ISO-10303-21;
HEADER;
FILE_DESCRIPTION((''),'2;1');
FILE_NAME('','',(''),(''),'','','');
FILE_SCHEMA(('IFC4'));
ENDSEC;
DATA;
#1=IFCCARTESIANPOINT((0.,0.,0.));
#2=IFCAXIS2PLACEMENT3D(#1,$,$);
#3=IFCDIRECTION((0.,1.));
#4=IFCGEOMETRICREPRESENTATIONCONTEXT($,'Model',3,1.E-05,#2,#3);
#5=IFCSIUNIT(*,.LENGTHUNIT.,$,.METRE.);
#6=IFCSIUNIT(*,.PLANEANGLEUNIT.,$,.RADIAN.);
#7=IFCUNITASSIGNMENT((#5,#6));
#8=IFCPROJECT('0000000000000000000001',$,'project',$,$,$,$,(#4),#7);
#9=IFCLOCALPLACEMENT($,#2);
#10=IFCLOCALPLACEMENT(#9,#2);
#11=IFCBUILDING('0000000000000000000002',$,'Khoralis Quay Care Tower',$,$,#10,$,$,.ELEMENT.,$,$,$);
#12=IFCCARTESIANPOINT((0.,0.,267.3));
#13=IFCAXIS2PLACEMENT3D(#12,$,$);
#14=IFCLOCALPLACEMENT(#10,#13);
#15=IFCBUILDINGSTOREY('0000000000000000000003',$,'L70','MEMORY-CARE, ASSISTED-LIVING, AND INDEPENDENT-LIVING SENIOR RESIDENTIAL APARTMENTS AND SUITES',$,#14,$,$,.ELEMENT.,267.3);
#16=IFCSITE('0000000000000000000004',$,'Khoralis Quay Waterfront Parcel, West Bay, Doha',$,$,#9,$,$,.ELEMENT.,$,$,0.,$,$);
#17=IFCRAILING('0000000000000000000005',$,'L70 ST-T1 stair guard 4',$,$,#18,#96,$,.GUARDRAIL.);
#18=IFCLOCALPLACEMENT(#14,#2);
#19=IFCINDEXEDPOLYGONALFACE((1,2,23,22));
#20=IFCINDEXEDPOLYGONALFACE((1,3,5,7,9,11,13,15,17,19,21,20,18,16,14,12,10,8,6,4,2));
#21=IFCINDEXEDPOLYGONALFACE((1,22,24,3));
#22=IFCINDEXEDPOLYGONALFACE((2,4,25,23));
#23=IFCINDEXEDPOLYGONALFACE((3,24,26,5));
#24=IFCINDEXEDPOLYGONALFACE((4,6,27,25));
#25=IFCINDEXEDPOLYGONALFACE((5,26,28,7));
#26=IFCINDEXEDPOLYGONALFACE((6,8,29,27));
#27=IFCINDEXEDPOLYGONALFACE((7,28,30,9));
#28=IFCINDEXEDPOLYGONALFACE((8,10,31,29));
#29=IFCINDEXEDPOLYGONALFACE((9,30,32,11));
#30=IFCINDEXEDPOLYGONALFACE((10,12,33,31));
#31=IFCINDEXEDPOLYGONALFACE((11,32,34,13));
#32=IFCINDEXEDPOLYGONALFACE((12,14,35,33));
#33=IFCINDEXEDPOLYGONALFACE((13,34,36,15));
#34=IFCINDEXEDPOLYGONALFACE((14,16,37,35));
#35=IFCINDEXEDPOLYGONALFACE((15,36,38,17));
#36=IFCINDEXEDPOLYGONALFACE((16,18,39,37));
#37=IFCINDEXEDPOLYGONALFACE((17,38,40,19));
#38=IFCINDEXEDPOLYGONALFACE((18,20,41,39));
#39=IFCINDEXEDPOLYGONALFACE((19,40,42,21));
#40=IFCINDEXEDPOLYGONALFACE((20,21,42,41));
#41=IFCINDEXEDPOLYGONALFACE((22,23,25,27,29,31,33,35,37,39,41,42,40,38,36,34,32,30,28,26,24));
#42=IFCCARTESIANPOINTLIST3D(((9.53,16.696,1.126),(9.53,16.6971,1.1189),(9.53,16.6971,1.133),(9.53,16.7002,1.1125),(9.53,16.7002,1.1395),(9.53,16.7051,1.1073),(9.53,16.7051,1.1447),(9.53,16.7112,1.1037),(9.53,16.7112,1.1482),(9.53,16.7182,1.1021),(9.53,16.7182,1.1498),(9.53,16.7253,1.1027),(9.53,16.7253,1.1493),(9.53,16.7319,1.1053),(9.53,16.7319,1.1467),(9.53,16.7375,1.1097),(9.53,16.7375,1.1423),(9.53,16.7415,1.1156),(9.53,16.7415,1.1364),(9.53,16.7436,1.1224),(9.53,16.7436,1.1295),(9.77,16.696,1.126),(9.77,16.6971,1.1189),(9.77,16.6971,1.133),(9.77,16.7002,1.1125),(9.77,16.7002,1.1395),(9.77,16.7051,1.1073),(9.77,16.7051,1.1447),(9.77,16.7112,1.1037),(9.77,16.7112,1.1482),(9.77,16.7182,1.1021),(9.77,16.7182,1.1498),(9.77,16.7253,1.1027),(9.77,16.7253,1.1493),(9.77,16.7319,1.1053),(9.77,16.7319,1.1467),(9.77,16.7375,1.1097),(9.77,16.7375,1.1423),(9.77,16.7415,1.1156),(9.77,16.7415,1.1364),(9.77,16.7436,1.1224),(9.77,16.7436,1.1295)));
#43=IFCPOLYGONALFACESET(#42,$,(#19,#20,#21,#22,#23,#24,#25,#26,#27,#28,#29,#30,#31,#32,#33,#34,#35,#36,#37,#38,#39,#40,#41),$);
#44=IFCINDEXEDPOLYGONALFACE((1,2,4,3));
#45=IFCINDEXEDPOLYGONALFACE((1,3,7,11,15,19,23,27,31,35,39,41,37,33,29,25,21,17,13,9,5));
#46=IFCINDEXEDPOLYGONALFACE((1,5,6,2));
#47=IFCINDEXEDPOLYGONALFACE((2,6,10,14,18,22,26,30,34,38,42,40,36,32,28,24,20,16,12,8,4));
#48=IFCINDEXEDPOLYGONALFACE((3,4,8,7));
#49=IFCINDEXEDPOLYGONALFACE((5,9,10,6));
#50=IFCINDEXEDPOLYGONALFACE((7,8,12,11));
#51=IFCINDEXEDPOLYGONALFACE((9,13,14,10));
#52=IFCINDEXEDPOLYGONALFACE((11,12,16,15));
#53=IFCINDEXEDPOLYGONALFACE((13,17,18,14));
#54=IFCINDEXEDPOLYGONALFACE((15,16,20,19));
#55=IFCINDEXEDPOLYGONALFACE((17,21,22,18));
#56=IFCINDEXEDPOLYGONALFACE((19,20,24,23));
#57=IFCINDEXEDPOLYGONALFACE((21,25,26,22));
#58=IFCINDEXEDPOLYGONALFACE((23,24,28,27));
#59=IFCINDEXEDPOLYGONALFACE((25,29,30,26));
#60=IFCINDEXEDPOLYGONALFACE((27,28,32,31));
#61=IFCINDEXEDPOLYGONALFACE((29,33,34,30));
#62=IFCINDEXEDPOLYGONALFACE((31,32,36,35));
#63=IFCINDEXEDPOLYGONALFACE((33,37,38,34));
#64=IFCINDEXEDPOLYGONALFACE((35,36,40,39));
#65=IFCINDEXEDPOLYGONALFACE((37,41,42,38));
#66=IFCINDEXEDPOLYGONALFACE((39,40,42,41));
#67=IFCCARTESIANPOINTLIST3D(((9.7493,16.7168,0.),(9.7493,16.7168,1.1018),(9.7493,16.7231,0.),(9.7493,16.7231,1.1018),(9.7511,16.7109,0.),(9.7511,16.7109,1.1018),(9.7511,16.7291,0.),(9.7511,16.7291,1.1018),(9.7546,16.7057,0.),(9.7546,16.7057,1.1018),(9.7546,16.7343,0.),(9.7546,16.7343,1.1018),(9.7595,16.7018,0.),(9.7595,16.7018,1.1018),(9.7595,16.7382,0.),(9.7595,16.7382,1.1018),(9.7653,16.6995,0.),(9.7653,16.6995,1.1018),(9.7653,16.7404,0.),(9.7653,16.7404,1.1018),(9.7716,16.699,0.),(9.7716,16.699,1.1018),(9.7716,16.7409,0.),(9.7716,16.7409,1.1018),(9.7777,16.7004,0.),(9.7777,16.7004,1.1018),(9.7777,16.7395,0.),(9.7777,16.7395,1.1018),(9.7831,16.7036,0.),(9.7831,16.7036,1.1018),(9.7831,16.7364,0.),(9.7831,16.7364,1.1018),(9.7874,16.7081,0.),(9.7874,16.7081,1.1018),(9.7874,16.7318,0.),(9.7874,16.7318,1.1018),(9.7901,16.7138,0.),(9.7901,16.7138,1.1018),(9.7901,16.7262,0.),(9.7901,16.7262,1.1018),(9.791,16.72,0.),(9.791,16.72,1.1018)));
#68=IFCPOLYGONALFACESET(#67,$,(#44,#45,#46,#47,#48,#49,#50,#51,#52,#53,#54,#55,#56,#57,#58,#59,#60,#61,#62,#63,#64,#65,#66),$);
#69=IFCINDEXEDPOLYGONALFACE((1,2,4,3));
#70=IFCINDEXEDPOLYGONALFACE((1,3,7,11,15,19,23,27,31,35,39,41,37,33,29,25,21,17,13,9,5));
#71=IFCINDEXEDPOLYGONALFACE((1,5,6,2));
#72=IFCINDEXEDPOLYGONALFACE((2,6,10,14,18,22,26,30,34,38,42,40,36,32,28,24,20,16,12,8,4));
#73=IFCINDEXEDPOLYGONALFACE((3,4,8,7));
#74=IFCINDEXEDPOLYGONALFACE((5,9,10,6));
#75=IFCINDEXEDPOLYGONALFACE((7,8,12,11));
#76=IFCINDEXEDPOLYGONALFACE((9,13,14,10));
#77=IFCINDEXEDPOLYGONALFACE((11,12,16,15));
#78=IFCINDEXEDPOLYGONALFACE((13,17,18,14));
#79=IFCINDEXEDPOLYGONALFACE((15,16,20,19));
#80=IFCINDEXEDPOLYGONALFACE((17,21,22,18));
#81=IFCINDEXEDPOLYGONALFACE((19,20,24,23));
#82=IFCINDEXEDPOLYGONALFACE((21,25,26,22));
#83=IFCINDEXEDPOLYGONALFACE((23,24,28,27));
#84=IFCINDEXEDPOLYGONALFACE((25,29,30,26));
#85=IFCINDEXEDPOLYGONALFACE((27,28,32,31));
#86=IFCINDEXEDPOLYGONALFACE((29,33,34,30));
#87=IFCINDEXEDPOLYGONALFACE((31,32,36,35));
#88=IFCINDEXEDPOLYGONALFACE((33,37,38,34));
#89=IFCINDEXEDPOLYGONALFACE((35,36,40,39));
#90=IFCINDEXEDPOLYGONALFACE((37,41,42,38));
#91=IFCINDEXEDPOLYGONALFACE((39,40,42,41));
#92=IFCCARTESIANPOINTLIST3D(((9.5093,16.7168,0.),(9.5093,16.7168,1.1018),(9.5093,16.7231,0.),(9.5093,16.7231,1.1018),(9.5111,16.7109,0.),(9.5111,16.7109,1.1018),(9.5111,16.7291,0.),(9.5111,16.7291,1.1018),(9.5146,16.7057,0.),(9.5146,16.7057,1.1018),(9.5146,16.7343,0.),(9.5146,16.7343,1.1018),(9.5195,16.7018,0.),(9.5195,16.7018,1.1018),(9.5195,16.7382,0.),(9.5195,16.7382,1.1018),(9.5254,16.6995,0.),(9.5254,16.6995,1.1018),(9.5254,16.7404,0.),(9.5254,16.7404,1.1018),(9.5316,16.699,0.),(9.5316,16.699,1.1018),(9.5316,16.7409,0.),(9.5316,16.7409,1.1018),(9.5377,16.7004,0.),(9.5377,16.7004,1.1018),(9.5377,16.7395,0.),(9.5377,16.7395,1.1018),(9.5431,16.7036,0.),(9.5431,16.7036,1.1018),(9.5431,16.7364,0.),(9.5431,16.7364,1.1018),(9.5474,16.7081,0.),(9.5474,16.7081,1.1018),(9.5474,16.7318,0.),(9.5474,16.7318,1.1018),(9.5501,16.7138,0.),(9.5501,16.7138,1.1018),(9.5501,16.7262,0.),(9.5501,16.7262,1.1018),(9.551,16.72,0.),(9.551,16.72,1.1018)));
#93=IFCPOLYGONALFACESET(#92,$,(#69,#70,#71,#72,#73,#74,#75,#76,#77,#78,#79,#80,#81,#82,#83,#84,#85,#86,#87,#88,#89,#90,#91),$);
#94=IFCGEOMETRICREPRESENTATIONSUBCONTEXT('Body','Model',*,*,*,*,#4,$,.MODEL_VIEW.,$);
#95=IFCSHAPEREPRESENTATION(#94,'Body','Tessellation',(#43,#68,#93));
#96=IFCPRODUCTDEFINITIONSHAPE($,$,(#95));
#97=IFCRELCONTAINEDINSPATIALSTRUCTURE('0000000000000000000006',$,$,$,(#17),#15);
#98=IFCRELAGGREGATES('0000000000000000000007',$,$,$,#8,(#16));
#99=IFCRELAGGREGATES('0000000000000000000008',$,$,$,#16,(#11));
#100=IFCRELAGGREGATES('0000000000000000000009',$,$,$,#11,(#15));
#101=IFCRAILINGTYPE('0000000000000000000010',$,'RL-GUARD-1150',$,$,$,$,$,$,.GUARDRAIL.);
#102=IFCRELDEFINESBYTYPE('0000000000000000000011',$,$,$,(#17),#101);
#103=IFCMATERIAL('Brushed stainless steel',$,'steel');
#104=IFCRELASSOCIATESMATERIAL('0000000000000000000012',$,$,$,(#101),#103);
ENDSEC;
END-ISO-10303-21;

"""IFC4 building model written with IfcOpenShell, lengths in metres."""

from ifc_helpers import new_model, si_unit, direction, frame, origin, origin_2d, place, context, subcontext, project, spatial, circle, extrude, material, type_object, element, save


model = new_model("IFC4")

# Units and contexts
model_context = context("Model", 3, precision=1e-05, world=origin(), true_north=direction((0.0, 1.0)))
body_context = subcontext(model_context, "Body", "Model", "MODEL_VIEW")
ifc_project = project(units=[si_unit("LENGTHUNIT", "METRE"), si_unit("PLANEANGLEUNIT", "RADIAN")], contexts=[model_context])

# Site, building, storey
site_placement = place(None, origin())
site = spatial("IfcSite", under=ifc_project, at=site_placement, Name="Khoralis Quay Waterfront Parcel, West Bay, Doha", CompositionType="ELEMENT", RefElevation=0.0)
building_placement = place(site_placement, origin())
building = spatial("IfcBuilding", under=site, at=building_placement, Name="Khoralis Quay Care Tower", CompositionType="ELEMENT")
storey_placement = place(building_placement, frame((0.0, 0.0, 267.3)))
storey = spatial("IfcBuildingStorey", under=building, at=storey_placement, Name="L70", Description="MEMORY-CARE, ASSISTED-LIVING, AND INDEPENDENT-LIVING SENIOR RESIDENTIAL APARTMENTS AND SUITES", CompositionType="ELEMENT", Elevation=267.3)

# Railing
ifc_material_1 = material(Name="Brushed stainless steel", Category="steel")
railing_type_1 = type_object("IfcRailingType", Name="RL-GUARD-1150", PredefinedType="GUARDRAIL", material=ifc_material_1)
railing_1_placement = place(storey_placement, frame((9.77, 16.72, 0.0)))
element("IfcRailing", 1, at=railing_1_placement, inside=storey, type_object=railing_type_1, Name="L70 ST-T1 stair guard 4", PredefinedType="GUARDRAIL", context=body_context, shape_type="SweptSolid", body=[
    extrude(circle(Radius=0.0239, at=origin_2d()), frame((0.0, 0.0, 1.126), z_axis=(-1.0, 0.0, 0.0), x_axis=(0.0, -1.0, 0.0)), (0.0, 0.0, 1.0), 0.24),
    extrude(circle(Radius=0.021, at=origin_2d()), origin(), (0.0, 0.0, 1.0), 1.1018),
    extrude(circle(Radius=0.021, at=origin_2d()), frame((-0.24, 0.0, 0.0)), (0.0, 0.0, 1.0), 1.1018),
])

save(model, "model.ifc")
